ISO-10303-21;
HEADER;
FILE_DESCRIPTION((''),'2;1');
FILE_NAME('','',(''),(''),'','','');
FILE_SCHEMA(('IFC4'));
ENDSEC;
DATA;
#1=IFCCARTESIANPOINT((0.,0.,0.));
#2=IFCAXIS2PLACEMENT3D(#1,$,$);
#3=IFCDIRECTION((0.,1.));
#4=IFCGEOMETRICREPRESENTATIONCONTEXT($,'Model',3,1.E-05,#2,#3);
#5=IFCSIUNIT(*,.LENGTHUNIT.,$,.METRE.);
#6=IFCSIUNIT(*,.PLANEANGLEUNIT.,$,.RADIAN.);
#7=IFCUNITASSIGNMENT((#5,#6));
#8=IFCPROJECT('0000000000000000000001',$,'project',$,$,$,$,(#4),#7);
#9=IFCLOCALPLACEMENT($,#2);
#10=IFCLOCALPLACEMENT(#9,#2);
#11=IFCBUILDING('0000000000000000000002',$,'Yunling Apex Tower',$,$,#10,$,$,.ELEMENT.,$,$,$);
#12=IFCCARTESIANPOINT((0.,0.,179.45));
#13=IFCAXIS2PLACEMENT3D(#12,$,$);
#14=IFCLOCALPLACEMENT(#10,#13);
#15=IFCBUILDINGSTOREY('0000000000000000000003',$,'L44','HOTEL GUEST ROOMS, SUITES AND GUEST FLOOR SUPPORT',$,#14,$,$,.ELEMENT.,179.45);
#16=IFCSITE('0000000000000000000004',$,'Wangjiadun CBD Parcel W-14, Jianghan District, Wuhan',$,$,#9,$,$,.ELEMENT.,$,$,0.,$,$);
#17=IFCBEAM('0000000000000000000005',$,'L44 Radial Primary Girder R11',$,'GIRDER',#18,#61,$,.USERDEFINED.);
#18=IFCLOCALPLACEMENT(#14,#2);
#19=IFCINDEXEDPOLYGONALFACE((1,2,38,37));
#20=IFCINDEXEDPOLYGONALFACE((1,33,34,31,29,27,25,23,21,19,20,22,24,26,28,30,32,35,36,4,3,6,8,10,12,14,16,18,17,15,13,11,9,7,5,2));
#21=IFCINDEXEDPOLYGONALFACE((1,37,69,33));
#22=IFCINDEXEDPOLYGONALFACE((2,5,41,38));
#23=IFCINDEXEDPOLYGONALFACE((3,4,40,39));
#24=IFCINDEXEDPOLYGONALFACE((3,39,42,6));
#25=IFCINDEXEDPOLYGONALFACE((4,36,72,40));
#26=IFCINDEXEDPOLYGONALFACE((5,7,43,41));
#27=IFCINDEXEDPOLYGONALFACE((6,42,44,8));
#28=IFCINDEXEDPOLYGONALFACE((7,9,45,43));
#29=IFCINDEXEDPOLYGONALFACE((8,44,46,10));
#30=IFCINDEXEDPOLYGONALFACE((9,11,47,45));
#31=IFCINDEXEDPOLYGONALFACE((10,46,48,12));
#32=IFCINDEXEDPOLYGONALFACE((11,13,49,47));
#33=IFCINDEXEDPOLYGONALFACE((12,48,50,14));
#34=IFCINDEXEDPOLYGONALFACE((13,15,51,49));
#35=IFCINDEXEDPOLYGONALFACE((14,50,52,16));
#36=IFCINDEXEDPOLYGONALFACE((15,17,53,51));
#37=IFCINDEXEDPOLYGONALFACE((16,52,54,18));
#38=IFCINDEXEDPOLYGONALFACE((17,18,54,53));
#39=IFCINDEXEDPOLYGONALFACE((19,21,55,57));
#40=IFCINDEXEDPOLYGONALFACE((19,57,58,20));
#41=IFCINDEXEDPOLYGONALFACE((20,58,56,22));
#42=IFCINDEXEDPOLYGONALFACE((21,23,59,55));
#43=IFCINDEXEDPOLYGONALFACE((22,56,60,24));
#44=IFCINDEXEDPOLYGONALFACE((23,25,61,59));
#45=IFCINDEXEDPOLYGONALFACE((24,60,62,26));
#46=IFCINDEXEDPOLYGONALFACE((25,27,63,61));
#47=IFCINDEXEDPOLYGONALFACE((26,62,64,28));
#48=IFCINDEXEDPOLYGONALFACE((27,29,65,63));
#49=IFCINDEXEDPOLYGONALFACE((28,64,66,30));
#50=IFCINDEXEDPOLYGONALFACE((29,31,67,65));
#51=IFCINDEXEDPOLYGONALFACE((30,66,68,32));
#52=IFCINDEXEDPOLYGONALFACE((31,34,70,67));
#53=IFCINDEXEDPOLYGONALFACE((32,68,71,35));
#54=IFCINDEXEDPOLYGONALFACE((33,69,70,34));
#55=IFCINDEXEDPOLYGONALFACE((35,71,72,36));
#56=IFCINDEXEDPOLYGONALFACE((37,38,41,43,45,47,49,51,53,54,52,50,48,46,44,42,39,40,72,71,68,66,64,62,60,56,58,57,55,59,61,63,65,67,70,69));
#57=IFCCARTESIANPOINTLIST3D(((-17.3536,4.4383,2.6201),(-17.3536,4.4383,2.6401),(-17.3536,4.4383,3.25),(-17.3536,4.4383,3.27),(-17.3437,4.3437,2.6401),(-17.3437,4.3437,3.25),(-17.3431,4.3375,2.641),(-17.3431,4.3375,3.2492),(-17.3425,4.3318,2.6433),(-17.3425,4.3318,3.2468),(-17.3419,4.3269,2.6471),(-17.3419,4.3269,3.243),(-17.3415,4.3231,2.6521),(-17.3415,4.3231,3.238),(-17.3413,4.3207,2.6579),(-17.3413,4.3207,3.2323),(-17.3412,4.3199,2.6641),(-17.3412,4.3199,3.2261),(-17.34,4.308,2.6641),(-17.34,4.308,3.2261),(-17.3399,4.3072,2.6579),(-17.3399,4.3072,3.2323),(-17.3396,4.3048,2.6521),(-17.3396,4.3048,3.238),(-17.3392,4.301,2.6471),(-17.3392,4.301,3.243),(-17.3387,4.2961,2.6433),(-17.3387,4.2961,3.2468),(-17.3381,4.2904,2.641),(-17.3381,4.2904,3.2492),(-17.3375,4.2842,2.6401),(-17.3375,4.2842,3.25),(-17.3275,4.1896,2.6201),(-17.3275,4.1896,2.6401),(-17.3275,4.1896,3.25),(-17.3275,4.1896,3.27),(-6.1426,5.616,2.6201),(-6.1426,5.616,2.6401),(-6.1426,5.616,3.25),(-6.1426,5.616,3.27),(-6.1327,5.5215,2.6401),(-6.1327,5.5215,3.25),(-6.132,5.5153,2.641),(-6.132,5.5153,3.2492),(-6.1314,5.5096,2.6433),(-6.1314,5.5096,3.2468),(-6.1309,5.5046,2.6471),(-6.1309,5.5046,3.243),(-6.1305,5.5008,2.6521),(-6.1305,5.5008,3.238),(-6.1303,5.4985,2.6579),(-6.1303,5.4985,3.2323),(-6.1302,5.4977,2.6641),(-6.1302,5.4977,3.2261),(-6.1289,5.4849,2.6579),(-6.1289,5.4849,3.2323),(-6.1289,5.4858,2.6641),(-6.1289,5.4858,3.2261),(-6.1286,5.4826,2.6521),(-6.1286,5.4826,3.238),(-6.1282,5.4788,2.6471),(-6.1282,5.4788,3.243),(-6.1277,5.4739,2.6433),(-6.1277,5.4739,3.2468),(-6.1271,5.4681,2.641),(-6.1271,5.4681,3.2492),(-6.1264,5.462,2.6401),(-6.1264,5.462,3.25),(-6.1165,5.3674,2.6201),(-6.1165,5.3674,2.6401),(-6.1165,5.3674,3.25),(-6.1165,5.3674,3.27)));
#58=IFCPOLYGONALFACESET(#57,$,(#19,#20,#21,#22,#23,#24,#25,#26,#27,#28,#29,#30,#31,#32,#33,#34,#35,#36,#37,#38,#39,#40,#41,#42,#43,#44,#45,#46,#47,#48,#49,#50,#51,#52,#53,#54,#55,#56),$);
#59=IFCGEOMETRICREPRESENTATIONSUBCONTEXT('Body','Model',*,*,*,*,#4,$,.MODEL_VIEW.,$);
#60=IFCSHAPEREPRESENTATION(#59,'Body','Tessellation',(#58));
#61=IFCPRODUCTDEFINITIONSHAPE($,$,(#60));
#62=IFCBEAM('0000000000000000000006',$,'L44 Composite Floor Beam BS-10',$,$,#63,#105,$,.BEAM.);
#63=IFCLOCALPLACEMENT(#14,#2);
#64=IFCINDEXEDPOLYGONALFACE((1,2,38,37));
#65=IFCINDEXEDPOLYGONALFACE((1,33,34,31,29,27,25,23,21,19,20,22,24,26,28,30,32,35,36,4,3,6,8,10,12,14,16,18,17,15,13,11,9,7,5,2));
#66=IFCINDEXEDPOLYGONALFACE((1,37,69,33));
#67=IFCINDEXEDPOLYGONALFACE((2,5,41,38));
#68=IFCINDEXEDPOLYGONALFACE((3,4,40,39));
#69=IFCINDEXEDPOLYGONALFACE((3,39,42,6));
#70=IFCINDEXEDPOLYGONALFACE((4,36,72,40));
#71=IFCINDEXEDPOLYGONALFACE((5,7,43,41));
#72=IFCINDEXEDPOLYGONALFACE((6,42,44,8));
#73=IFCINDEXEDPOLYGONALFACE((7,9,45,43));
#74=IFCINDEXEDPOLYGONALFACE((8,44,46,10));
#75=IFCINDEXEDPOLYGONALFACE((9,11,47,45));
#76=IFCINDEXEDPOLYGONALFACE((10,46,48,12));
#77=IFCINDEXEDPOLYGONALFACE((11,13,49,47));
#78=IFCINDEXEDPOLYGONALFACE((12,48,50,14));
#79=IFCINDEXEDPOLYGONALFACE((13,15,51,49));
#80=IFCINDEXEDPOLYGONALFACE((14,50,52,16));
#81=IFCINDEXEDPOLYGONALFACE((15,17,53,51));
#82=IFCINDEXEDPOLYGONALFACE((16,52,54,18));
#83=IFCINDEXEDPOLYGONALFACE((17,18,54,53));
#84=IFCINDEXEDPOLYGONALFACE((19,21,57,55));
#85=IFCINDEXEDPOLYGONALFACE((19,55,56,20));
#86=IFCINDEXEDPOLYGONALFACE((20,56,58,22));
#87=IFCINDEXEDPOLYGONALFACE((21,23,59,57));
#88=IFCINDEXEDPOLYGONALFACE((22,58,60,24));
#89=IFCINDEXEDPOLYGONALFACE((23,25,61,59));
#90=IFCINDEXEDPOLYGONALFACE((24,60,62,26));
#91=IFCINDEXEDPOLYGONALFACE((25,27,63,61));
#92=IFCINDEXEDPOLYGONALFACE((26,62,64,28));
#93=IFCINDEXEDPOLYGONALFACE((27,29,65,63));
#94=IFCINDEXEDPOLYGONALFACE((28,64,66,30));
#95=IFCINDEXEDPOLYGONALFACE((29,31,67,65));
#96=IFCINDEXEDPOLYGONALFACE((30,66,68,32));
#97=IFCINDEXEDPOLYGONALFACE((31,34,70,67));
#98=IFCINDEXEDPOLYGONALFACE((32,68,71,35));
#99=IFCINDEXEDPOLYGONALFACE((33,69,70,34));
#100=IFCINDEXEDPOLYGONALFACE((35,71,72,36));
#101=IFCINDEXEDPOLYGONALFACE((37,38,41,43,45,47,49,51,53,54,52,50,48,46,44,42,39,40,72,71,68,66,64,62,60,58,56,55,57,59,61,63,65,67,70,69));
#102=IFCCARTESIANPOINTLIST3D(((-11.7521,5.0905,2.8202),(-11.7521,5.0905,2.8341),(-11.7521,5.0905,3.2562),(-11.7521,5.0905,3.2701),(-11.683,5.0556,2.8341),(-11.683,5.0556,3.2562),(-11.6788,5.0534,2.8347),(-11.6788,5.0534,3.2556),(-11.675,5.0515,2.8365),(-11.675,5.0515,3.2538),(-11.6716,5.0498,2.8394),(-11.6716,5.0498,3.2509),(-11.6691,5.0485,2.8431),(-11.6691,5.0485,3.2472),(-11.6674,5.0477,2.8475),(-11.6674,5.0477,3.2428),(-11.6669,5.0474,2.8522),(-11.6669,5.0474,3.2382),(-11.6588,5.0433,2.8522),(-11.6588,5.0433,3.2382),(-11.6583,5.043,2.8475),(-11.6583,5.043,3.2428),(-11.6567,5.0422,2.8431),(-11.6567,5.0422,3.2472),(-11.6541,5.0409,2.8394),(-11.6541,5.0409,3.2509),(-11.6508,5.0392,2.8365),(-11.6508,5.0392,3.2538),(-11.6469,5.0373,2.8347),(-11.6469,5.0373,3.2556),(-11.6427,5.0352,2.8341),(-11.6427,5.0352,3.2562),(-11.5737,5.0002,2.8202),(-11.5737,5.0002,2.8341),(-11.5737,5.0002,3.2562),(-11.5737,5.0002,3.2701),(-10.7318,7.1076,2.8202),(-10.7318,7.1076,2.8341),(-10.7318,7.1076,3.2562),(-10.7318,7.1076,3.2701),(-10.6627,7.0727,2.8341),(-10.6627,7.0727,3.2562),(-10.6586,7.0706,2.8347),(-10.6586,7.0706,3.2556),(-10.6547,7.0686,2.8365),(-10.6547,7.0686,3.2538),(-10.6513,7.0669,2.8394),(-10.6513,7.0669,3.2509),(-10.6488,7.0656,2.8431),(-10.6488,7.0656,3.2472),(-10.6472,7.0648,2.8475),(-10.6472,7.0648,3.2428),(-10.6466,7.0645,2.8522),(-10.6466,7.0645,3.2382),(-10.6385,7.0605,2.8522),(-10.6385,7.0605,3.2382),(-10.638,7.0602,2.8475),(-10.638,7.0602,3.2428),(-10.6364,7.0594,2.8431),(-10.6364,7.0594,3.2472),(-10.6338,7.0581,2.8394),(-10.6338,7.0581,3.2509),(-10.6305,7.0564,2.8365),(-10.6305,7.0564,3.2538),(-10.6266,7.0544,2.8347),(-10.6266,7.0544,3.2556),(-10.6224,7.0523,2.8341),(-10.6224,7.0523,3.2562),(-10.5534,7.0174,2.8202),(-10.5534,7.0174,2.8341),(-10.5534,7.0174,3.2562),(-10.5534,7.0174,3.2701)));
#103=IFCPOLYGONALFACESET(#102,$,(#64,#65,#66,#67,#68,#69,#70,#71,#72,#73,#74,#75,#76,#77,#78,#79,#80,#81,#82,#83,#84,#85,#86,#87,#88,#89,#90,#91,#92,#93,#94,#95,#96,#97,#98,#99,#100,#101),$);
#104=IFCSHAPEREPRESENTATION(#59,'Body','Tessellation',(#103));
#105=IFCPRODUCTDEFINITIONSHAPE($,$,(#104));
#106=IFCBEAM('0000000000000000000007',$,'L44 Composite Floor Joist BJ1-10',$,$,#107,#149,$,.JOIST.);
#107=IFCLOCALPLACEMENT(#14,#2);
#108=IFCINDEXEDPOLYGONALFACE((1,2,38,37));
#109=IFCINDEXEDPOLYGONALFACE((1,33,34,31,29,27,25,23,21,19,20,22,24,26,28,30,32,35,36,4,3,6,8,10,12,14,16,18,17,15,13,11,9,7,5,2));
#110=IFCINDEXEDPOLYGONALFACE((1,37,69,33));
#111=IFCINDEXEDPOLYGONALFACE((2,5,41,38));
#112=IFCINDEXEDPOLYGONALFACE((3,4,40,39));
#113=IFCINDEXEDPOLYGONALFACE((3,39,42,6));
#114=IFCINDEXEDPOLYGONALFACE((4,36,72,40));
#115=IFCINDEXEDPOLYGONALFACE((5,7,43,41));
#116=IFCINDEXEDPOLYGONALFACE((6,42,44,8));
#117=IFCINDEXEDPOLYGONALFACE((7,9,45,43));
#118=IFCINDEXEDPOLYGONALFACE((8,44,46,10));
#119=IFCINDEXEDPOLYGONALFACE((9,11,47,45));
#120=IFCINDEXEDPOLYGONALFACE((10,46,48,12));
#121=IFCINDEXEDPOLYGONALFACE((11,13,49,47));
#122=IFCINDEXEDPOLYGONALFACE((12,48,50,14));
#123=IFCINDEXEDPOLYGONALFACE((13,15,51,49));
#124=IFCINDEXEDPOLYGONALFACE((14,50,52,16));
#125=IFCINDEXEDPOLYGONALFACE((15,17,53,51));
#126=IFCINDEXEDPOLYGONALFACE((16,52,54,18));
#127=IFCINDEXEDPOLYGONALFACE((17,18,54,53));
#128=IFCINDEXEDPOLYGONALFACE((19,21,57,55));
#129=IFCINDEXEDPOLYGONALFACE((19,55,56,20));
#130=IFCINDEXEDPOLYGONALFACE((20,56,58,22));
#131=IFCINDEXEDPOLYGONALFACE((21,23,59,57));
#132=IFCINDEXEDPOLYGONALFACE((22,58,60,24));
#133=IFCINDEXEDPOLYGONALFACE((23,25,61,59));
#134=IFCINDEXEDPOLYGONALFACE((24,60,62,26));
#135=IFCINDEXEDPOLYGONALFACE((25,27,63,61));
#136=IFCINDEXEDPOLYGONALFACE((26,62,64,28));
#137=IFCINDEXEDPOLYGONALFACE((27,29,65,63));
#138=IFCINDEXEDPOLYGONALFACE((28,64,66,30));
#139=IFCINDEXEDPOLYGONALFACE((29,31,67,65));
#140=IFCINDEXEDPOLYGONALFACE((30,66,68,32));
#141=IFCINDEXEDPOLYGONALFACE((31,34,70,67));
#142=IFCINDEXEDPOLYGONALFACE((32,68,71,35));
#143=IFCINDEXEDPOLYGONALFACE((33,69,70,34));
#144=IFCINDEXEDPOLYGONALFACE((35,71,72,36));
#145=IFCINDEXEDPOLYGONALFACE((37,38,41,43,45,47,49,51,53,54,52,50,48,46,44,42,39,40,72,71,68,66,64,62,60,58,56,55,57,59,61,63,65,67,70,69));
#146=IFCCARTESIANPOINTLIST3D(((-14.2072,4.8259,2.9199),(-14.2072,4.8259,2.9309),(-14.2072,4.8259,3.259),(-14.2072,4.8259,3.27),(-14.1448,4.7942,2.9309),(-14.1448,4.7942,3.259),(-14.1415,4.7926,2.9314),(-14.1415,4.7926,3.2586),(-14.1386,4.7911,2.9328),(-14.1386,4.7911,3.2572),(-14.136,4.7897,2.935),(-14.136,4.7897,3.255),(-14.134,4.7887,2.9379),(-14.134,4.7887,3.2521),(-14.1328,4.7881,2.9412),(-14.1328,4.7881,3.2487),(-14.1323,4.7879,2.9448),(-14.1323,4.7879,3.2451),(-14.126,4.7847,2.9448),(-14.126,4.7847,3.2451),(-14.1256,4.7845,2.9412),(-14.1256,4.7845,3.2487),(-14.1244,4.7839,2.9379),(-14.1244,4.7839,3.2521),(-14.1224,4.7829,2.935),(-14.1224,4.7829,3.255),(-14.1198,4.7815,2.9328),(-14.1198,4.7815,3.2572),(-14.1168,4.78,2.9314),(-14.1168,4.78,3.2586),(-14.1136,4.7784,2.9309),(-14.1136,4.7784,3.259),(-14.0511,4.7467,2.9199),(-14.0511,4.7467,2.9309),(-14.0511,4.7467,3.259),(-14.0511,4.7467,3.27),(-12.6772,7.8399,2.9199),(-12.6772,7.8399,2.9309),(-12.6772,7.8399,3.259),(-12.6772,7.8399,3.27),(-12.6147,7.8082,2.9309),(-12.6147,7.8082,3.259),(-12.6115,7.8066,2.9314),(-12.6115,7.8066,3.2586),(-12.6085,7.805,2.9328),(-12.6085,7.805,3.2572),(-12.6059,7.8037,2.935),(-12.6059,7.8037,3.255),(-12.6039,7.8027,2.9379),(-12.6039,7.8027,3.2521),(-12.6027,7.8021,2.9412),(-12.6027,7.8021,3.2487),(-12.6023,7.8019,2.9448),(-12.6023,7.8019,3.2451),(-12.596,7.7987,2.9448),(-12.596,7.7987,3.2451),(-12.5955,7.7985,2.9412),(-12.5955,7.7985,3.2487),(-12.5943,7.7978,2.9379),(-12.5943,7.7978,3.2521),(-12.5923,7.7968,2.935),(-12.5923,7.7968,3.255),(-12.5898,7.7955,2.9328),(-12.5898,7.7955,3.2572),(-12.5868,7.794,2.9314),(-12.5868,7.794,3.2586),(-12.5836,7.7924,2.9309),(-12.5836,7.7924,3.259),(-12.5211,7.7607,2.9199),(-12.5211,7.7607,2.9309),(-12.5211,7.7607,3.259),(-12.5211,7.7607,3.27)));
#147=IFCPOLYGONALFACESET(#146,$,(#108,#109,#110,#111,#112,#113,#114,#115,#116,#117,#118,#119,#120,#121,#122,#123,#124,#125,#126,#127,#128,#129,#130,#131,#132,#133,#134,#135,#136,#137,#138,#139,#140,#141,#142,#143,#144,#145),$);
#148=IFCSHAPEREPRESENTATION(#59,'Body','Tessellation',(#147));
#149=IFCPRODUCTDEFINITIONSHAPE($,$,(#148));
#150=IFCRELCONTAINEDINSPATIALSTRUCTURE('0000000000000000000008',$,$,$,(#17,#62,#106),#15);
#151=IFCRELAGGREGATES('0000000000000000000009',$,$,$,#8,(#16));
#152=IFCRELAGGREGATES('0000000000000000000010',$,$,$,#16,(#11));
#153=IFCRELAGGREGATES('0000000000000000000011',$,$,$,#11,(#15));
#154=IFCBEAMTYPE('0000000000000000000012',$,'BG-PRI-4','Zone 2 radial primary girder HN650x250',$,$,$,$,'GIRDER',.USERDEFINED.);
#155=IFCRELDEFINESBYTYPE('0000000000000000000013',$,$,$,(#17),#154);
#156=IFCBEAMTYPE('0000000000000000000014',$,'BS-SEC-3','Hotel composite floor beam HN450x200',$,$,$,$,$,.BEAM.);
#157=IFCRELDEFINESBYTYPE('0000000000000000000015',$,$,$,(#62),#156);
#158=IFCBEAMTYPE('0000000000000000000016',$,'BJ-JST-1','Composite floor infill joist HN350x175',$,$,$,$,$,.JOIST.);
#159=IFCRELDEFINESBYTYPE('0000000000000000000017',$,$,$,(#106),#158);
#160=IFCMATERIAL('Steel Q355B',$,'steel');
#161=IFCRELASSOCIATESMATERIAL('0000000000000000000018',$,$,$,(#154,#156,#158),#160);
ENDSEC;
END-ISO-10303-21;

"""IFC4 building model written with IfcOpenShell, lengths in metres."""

from ifc_helpers import new_model, si_unit, direction, frame, origin, origin_2d, place, context, subcontext, project, spatial, i_section, extrude, source, transform, mapped, material, material_profile, profile_set, type_object, element, save


model = new_model("IFC4")

# Units and contexts
model_context = context("Model", 3, precision=1e-05, world=origin(), true_north=direction((0.0, 1.0)))
body_context = subcontext(model_context, "Body", "Model", "MODEL_VIEW")
ifc_project = project(units=[si_unit("LENGTHUNIT", "METRE"), si_unit("PLANEANGLEUNIT", "RADIAN")], contexts=[model_context])

# Site, building, storey
site_placement = place(None, origin())
site = spatial("IfcSite", under=ifc_project, at=site_placement, Name="Wangjiadun CBD Parcel W-14, Jianghan District, Wuhan", CompositionType="ELEMENT", RefElevation=0.0)
building_placement = place(site_placement, origin())
building = spatial("IfcBuilding", under=site, at=building_placement, Name="Yunling Apex Tower", CompositionType="ELEMENT")
storey_placement = place(building_placement, frame((0.0, 0.0, 179.45)))
storey = spatial("IfcBuildingStorey", under=building, at=storey_placement, Name="L44", Description="HOTEL GUEST ROOMS, SUITES AND GUEST FLOOR SUPPORT", CompositionType="ELEMENT", Elevation=179.45)

# Beams
ifc_material_1 = material(Name="Steel Q355B", Category="steel")
ifc_material_profile_1 = material_profile(ifc_material_1, i_section(OverallWidth=0.25, OverallDepth=0.6499, WebThickness=0.012, FlangeThickness=0.02, FilletRadius=0.0239, at=origin_2d()))
ifc_profile_set_1 = profile_set([ifc_material_profile_1], Name="Steel Q355B")
beam_type_1 = type_object("IfcBeamType", Name="BG-PRI-4", Description="Zone 2 radial primary girder HN650x250", ElementType="GIRDER", PredefinedType="USERDEFINED", material=ifc_profile_set_1)
shared_shape_1 = source(origin(), body_context, "Body", "SweptSolid", [
    extrude(i_section(OverallWidth=0.25, OverallDepth=0.6499, WebThickness=0.012, FlangeThickness=0.02, FilletRadius=0.0239, at=origin_2d()), origin(), (0.0, 0.0, 1.0), 11.2727),
])
beam_1_placement = place(storey_placement, frame((-17.3406, 4.314, 2.9451), z_axis=(0.994527, 0.104477, 0.0), x_axis=(-0.104477, 0.994527, 0.0)))
element("IfcBeam", 1, at=beam_1_placement, inside=storey, type_object=beam_type_1, Name="L44 Radial Primary Girder R11", ObjectType="GIRDER", PredefinedType="USERDEFINED", context=body_context, shape_type="MappedRepresentation", body=[
    mapped(shared_shape_1, transform((0.0, 0.0, 0.0), scale=1.0)),
])
ifc_material_profile_2 = material_profile(ifc_material_1, i_section(OverallWidth=0.2, OverallDepth=0.45, WebThickness=0.009, FlangeThickness=0.0139, FilletRadius=0.0181, at=origin_2d()))
ifc_profile_set_2 = profile_set([ifc_material_profile_2], Name="Steel Q355B")
beam_type_2 = type_object("IfcBeamType", Name="BS-SEC-3", Description="Hotel composite floor beam HN450x200", PredefinedType="BEAM", material=ifc_profile_set_2)
shared_shape_2 = source(origin(), body_context, "Body", "SweptSolid", [
    extrude(i_section(OverallWidth=0.2, OverallDepth=0.45, WebThickness=0.009, FlangeThickness=0.0139, FilletRadius=0.0181, at=origin_2d()), origin(), (0.0, 0.0, 1.0), 2.2605),
])
beam_2_placement = place(storey_placement, frame((-10.6426, 7.0625, 3.0452), z_axis=(-0.451356, -0.892344, 0.0), x_axis=(0.892344, -0.451356, 0.0)))
element("IfcBeam", 2, at=beam_2_placement, inside=storey, type_object=beam_type_2, Name="L44 Composite Floor Beam BS-10", PredefinedType="BEAM", context=body_context, shape_type="MappedRepresentation", body=[
    mapped(shared_shape_2, transform((0.0, 0.0, 0.0), scale=1.0)),
])
ifc_material_profile_3 = material_profile(ifc_material_1, i_section(OverallWidth=0.175, OverallDepth=0.3501, WebThickness=0.0071, FlangeThickness=0.011, FilletRadius=0.0139, at=origin_2d()))
ifc_profile_set_3 = profile_set([ifc_material_profile_3], Name="Steel Q355B")
beam_type_3 = type_object("IfcBeamType", Name="BJ-JST-1", Description="Composite floor infill joist HN350x175", PredefinedType="JOIST", material=ifc_profile_set_3)
shared_shape_3 = source(origin(), body_context, "Body", "SweptSolid", [
    extrude(i_section(OverallWidth=0.175, OverallDepth=0.3501, WebThickness=0.0071, FlangeThickness=0.011, FilletRadius=0.0139, at=origin_2d()), origin(), (0.0, 0.0, 1.0), 3.3801),
])
beam_3_placement = place(storey_placement, frame((-12.5991, 7.8003, 3.095), z_axis=(-0.452666, -0.89168, 0.0), x_axis=(0.89168, -0.452666, 0.0)))
element("IfcBeam", 3, at=beam_3_placement, inside=storey, type_object=beam_type_3, Name="L44 Composite Floor Joist BJ1-10", PredefinedType="JOIST", context=body_context, shape_type="MappedRepresentation", body=[
    mapped(shared_shape_3, transform((0.0, 0.0, 0.0), scale=1.0)),
])

save(model, "model.ifc")
